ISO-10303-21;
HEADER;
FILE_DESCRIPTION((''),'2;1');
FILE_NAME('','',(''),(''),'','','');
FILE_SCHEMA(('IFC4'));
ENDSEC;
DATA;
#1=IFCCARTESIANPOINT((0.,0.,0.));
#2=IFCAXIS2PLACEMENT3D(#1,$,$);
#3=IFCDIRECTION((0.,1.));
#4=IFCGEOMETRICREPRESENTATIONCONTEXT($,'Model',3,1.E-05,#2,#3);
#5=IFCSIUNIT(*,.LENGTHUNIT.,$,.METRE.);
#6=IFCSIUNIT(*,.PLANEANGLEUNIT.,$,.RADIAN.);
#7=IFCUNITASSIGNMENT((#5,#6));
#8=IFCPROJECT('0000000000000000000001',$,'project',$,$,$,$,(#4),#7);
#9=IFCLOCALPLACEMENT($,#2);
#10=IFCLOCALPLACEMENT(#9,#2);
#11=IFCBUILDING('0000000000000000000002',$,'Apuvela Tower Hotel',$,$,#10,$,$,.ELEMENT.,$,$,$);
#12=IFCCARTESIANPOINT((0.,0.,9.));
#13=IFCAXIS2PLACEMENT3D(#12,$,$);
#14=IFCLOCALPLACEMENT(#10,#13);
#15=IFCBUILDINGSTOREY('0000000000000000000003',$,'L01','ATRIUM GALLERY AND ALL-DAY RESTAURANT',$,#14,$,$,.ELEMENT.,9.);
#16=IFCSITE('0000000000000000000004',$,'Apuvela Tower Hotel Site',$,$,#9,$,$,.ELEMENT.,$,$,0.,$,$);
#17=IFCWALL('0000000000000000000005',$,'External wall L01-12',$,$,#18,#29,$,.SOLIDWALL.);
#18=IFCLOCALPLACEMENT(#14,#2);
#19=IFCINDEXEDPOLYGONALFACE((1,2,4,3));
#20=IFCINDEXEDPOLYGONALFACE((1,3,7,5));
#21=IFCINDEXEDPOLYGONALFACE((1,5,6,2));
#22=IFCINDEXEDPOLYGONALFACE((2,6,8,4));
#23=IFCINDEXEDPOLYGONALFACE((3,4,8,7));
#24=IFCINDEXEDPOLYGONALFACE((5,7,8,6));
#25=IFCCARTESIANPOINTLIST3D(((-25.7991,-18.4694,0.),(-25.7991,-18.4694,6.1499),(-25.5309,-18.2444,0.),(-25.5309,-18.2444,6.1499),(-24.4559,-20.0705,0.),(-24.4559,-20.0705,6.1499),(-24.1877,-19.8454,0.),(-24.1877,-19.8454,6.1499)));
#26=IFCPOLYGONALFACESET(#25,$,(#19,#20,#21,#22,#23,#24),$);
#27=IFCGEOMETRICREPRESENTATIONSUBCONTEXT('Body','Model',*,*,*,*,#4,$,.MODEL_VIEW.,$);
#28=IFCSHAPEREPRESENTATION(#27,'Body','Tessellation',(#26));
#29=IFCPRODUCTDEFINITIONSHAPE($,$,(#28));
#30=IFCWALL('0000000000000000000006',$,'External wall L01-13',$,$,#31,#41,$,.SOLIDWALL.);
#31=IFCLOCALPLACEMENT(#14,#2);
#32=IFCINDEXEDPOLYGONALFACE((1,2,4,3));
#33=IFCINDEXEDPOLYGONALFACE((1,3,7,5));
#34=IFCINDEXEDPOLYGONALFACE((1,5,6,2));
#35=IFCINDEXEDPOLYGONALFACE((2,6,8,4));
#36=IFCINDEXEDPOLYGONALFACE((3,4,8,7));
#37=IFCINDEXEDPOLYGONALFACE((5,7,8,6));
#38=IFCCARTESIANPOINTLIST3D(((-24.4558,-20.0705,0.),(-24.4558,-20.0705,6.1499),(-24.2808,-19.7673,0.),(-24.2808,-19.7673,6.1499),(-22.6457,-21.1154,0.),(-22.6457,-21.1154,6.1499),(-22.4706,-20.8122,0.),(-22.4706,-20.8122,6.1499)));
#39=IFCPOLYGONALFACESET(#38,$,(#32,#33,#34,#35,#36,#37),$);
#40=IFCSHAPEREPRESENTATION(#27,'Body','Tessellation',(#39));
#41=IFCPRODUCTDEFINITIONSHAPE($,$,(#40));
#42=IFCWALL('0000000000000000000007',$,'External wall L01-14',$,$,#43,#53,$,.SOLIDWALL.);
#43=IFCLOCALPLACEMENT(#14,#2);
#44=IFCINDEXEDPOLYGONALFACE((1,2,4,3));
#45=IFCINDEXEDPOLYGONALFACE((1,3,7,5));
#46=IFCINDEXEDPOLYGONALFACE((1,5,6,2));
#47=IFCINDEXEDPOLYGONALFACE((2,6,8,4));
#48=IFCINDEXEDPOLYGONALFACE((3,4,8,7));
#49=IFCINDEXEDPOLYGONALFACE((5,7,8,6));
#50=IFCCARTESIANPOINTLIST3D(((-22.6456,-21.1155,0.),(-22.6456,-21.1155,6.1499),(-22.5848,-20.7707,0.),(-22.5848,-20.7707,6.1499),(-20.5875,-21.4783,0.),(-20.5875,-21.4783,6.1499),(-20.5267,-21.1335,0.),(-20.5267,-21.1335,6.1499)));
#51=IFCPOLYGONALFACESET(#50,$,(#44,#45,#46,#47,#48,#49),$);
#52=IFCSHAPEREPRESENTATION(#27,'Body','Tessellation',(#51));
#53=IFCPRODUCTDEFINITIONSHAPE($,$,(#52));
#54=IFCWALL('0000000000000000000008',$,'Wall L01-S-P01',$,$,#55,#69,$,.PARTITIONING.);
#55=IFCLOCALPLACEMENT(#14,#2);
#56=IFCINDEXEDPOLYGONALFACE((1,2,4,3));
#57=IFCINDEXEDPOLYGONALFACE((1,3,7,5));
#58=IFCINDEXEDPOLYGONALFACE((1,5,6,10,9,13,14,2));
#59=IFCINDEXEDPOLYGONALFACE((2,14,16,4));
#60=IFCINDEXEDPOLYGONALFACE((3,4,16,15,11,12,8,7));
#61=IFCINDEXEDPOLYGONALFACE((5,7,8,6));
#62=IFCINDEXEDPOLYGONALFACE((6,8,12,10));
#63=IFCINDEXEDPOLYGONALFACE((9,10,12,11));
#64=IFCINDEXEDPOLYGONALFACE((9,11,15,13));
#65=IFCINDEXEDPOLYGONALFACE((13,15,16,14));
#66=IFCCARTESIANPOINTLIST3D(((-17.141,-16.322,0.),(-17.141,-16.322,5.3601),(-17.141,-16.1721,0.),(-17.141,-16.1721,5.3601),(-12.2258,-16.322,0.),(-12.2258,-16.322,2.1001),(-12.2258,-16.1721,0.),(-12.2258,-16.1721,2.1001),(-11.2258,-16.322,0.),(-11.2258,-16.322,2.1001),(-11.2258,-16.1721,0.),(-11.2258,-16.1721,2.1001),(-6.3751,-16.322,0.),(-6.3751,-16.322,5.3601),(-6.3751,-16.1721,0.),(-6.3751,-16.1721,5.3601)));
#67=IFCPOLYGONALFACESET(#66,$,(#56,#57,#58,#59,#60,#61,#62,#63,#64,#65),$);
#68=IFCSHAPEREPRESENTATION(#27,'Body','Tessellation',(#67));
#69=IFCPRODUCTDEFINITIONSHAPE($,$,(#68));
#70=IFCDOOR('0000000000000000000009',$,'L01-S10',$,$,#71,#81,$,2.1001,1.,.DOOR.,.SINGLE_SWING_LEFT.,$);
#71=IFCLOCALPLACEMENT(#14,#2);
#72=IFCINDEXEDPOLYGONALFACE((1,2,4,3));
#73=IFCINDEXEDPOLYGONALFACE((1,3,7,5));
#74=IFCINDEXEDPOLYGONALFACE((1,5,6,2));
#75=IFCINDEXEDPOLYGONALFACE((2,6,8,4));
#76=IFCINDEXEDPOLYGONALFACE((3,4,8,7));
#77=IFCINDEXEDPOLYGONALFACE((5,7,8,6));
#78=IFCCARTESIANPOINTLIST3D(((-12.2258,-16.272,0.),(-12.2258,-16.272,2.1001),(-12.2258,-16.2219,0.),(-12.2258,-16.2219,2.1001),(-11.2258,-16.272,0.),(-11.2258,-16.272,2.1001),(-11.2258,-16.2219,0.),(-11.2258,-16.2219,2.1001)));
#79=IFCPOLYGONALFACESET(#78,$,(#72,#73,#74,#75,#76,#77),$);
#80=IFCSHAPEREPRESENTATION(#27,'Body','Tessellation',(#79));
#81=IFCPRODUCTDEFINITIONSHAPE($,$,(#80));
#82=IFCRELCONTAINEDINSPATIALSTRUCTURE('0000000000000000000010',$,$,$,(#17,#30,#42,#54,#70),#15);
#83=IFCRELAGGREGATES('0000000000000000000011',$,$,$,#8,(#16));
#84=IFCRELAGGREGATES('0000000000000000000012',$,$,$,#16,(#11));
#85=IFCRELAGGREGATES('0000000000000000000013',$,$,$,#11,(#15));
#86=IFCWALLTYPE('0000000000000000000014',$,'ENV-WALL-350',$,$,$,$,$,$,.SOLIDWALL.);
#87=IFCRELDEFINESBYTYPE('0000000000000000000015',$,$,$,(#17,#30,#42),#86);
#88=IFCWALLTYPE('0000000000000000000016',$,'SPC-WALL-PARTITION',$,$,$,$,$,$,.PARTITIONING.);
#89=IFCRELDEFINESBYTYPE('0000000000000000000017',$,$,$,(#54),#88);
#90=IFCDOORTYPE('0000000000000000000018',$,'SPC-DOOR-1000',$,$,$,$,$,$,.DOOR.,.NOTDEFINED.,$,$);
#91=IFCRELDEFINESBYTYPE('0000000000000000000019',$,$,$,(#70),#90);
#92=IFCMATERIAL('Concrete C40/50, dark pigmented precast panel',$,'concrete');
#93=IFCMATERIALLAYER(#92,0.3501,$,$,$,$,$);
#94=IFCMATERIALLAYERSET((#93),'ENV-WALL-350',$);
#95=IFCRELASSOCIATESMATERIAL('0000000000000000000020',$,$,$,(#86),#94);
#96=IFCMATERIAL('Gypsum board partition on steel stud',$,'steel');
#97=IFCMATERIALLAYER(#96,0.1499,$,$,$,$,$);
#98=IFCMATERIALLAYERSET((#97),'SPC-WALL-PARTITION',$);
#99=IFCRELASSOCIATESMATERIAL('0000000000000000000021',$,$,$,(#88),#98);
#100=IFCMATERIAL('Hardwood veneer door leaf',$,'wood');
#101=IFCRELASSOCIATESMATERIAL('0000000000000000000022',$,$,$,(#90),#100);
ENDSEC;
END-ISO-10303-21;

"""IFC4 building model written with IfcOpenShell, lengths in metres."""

from ifc_helpers import new_model, si_unit, direction, frame, frame_2d, origin, place, context, subcontext, project, spatial, rectangle, extrude, material, layer, layer_set, type_object, element, fill, save


model = new_model("IFC4")

# Units and contexts
model_context = context("Model", 3, precision=1e-05, world=origin(), true_north=direction((0.0, 1.0)))
body_context = subcontext(model_context, "Body", "Model", "MODEL_VIEW")
ifc_project = project(units=[si_unit("LENGTHUNIT", "METRE"), si_unit("PLANEANGLEUNIT", "RADIAN")], contexts=[model_context])

# Site, building, storey
site_placement = place(None, origin())
site = spatial("IfcSite", under=ifc_project, at=site_placement, Name="Apuvela Tower Hotel Site", CompositionType="ELEMENT", RefElevation=0.0)
building_placement = place(site_placement, origin())
building = spatial("IfcBuilding", under=site, at=building_placement, Name="Apuvela Tower Hotel", CompositionType="ELEMENT")
storey_placement = place(building_placement, frame((0.0, 0.0, 9.0)))
storey = spatial("IfcBuildingStorey", under=building, at=storey_placement, Name="L01", Description="ATRIUM GALLERY AND ALL-DAY RESTAURANT", CompositionType="ELEMENT", Elevation=9.0)

# Walls
ifc_material_1 = material(Name="Concrete C40/50, dark pigmented precast panel", Category="concrete")
ifc_layer_1 = layer(ifc_material_1, 0.3501)
ifc_layer_set_1 = layer_set([ifc_layer_1], Name="ENV-WALL-350")
wall_type_1 = type_object("IfcWallType", Name="ENV-WALL-350", PredefinedType="SOLIDWALL", material=ifc_layer_set_1)
wall_1_placement = place(storey_placement, frame((-25.665, -18.3569, 0.0), z_axis=(0.0, 0.0, 1.0), x_axis=(0.642732, -0.766091, 0.0)))
element("IfcWall", 1, at=wall_1_placement, inside=storey, type_object=wall_type_1, Name="External wall L01-12", PredefinedType="SOLIDWALL", context=body_context, shape_type="SweptSolid", body=[
    extrude(rectangle(XDim=2.0898, YDim=0.3501, at=frame_2d((1.0449, 0.0))), origin(), (0.0, 0.0, 1.0), 6.1499),
])
wall_2_placement = place(storey_placement, frame((-24.3682, -19.9189, 0.0), z_axis=(0.0, 0.0, 1.0), x_axis=(0.866049, -0.499958, 0.0)))
element("IfcWall", 2, at=wall_2_placement, inside=storey, type_object=wall_type_1, Name="External wall L01-13", PredefinedType="SOLIDWALL", context=body_context, shape_type="SweptSolid", body=[
    extrude(rectangle(XDim=2.0901, YDim=0.3501, at=frame_2d((1.0449, 0.0))), origin(), (0.0, 0.0, 1.0), 6.1499),
])
wall_3_placement = place(storey_placement, frame((-22.6152, -20.9431, 0.0), z_axis=(0.0, 0.0, 1.0), x_axis=(0.984816, -0.173599, 0.0)))
element("IfcWall", 3, at=wall_3_placement, inside=storey, type_object=wall_type_1, Name="External wall L01-14", PredefinedType="SOLIDWALL", context=body_context, shape_type="SweptSolid", body=[
    extrude(rectangle(XDim=2.0898, YDim=0.3501, at=frame_2d((1.0449, 0.0))), origin(), (0.0, 0.0, 1.0), 6.1499),
])

# Wall, opening, door
ifc_material_2 = material(Name="Gypsum board partition on steel stud", Category="steel")
ifc_layer_2 = layer(ifc_material_2, 0.1499)
ifc_layer_set_2 = layer_set([ifc_layer_2], Name="SPC-WALL-PARTITION")
wall_type_2 = type_object("IfcWallType", Name="SPC-WALL-PARTITION", PredefinedType="PARTITIONING", material=ifc_layer_set_2)
wall_4_placement = place(storey_placement, frame((-17.1409, -16.2471, 0.0), z_axis=(0.0, 0.0, 1.0), x_axis=(1.0, 0.0, 0.0)))
wall_4 = element("IfcWall", 4, at=wall_4_placement, inside=storey, type_object=wall_type_2, Name="Wall L01-S-P01", PredefinedType="PARTITIONING", context=body_context, shape_type="SweptSolid", body=[
    extrude(rectangle(XDim=10.7659, YDim=0.1499, at=frame_2d((5.3828, 0.0))), origin(), (0.0, 0.0, 1.0), 5.3601),
])
opening_1_placement = place(wall_4_placement, frame((4.915, 0.0, 0.0)))
opening_1 = element("IfcOpeningElement", 5, at=opening_1_placement, cuts=wall_4, PredefinedType="OPENING", context=body_context, shape_type="SweptSolid", body=[
    extrude(rectangle(XDim=1.0, YDim=2.1001, at=frame_2d((0.5, 1.05))), frame((0.0, 0.085, 0.0), z_axis=(0.0, -1.0, 0.0), x_axis=(1.0, 0.0, 0.0)), (0.0, 0.0, 1.0), 0.1699),
])
ifc_material_3 = material(Name="Hardwood veneer door leaf", Category="wood")
door_type_1 = type_object("IfcDoorType", Name="SPC-DOOR-1000", OperationType="NOTDEFINED", PredefinedType="DOOR", material=ifc_material_3)
door_1_placement = place(opening_1_placement, frame((1.0, 0.0, 0.0), z_axis=(0.0, 0.0, 1.0), x_axis=(-1.0, 0.0, 0.0)))
door_1 = element("IfcDoor", 6, at=door_1_placement, inside=storey, type_object=door_type_1, Name="L01-S10", OperationType="SINGLE_SWING_LEFT", OverallHeight=2.1001, OverallWidth=1.0, PredefinedType="DOOR", context=body_context, shape_type="SweptSolid", body=[
    extrude(rectangle(XDim=1.0, YDim=2.1001, at=frame_2d((0.5, 1.05))), frame((0.0, 0.0249, 0.0), z_axis=(0.0, -1.0, 0.0), x_axis=(1.0, 0.0, 0.0)), (0.0, 0.0, 1.0), 0.05),
])
fill(opening_1, door_1)

save(model, "model.ifc")
